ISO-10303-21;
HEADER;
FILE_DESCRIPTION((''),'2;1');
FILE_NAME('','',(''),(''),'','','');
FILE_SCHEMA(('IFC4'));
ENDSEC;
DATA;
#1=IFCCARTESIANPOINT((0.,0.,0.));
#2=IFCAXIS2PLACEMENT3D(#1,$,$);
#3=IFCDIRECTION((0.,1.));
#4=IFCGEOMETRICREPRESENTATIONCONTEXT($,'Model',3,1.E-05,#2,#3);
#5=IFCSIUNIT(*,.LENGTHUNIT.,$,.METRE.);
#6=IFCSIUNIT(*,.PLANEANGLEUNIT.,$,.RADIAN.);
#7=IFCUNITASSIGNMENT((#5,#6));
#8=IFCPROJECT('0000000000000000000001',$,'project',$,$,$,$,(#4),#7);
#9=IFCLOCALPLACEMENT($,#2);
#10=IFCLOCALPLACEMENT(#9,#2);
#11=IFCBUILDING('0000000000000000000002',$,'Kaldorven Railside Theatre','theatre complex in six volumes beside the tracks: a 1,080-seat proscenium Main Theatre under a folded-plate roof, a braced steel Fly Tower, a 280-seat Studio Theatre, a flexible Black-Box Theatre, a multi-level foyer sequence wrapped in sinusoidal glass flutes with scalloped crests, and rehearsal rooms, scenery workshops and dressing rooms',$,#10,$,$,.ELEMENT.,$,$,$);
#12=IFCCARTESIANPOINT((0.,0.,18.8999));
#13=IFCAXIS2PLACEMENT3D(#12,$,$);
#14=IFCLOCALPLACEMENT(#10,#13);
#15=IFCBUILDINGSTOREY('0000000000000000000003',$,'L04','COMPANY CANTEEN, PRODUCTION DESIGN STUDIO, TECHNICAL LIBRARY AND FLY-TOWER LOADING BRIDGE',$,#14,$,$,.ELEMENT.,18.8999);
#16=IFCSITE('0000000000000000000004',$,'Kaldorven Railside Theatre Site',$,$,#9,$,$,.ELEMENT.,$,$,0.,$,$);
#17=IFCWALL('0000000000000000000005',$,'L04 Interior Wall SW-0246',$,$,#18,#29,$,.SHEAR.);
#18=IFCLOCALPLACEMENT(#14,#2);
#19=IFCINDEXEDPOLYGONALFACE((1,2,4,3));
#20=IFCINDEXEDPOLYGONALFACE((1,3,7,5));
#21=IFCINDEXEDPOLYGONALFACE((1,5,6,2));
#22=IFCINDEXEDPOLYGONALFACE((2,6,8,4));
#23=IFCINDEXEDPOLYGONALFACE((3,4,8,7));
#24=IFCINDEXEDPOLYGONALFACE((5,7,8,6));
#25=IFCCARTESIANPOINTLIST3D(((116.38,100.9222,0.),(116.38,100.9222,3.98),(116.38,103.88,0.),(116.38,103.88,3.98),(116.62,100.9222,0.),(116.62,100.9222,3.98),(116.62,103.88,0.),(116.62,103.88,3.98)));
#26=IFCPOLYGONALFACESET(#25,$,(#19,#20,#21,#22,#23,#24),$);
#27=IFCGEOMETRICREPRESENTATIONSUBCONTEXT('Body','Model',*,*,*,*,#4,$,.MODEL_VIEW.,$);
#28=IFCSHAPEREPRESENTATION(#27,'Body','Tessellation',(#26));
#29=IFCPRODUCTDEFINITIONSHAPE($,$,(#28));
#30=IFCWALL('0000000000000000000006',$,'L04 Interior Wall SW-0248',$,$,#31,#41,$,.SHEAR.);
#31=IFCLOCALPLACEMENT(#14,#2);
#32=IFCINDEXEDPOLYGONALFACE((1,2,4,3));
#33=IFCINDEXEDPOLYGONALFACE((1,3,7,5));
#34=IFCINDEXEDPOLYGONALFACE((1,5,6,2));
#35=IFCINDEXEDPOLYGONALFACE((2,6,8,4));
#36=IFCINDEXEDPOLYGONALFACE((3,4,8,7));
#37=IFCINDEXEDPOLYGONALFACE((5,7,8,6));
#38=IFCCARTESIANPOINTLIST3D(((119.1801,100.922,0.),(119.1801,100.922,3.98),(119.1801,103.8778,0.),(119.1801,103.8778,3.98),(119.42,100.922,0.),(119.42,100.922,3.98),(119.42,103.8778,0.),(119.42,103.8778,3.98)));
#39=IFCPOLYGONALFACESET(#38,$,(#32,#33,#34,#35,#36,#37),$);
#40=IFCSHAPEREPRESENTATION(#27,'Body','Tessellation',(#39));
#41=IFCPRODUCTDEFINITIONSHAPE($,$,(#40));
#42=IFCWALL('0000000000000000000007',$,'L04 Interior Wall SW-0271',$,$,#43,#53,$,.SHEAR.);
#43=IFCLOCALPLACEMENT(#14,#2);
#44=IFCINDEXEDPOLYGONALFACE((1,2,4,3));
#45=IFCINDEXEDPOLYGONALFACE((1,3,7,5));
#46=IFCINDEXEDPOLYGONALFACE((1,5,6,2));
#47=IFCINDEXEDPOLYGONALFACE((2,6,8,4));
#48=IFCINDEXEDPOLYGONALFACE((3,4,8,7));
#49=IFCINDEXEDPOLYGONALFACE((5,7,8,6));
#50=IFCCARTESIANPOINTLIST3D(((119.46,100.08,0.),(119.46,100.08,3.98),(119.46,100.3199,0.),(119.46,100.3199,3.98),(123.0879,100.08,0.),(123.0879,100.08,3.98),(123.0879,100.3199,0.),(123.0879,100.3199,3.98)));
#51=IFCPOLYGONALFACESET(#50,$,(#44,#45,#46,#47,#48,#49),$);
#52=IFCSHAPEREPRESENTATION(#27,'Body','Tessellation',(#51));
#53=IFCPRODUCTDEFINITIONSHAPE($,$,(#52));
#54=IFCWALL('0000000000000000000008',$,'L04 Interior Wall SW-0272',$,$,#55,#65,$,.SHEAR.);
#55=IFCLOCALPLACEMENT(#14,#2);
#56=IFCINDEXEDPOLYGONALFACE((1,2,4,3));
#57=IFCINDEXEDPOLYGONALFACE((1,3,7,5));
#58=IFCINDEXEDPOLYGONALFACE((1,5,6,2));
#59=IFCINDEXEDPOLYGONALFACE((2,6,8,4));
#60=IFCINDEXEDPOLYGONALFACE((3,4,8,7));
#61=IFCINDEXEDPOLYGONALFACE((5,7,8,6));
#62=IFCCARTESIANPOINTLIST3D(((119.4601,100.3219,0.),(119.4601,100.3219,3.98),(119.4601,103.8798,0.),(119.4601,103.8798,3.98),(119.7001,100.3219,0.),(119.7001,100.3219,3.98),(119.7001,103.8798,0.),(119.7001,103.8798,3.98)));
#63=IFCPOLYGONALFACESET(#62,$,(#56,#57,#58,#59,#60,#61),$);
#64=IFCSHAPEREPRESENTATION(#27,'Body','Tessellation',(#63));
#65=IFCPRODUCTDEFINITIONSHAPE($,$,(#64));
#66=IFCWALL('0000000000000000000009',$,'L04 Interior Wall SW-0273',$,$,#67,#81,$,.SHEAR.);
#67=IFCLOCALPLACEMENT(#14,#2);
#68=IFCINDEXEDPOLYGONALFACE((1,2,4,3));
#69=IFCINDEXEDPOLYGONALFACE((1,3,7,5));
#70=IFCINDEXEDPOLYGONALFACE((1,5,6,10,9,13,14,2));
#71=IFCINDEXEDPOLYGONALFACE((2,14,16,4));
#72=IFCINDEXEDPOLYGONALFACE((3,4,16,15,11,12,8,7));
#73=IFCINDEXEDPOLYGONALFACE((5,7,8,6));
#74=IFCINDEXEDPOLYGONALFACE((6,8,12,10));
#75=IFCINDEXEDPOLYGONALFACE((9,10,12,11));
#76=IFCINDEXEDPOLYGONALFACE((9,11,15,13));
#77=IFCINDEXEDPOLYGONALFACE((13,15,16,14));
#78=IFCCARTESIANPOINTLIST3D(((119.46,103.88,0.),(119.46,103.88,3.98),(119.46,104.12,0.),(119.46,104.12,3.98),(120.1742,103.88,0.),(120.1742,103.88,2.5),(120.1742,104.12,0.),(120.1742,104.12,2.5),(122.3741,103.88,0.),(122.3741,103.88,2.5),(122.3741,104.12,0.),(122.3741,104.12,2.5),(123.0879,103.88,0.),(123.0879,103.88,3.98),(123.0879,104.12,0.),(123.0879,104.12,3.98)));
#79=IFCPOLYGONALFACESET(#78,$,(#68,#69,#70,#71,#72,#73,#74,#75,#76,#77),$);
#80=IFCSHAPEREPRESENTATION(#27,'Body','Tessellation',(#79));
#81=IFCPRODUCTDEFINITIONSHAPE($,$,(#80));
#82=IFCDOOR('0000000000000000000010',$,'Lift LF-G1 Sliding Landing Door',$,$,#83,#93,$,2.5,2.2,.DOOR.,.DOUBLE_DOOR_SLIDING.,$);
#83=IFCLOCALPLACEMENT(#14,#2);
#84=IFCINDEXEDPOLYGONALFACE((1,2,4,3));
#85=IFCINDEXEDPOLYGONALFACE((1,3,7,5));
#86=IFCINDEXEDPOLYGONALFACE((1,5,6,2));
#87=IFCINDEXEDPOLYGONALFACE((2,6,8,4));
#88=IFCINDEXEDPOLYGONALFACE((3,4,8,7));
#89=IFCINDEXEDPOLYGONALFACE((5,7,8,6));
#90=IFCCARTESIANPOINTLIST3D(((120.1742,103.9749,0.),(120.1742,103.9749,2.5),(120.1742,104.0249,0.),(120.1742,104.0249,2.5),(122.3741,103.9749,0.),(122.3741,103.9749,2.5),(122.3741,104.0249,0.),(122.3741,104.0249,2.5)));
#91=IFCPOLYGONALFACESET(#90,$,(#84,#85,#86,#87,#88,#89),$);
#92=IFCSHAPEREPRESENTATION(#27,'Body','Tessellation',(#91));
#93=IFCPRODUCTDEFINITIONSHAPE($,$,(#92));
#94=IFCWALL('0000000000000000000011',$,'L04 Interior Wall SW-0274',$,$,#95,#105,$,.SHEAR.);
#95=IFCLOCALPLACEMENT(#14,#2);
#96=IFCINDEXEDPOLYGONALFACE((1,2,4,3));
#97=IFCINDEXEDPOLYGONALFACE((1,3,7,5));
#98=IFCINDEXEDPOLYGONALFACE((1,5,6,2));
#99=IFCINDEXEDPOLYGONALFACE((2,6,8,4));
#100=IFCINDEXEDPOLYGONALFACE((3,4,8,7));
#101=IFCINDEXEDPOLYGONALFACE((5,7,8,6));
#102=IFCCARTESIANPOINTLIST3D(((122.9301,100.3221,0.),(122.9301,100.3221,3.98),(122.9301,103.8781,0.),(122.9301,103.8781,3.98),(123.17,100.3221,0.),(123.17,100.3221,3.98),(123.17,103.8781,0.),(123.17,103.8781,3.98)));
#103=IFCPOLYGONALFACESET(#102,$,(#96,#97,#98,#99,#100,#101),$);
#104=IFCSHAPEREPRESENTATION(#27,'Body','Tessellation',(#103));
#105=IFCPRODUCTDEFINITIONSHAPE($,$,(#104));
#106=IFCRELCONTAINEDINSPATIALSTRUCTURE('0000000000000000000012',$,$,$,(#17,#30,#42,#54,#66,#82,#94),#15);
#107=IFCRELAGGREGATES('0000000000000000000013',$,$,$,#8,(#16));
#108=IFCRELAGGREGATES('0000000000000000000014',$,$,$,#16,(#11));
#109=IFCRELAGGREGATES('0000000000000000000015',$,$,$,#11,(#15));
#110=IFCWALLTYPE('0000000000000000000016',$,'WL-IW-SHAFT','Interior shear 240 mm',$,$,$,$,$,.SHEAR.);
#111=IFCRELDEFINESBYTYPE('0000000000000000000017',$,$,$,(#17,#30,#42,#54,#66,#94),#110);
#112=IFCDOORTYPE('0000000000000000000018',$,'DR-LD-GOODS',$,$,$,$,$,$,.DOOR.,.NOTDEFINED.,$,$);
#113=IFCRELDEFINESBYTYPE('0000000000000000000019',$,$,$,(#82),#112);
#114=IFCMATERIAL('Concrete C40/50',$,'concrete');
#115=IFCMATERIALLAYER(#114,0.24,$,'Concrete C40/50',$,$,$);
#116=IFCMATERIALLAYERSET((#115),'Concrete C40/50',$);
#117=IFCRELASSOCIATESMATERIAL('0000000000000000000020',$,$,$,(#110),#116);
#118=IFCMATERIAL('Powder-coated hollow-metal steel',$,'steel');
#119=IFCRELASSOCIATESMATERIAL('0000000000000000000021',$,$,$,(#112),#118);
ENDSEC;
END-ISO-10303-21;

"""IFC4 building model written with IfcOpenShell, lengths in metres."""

from ifc_helpers import new_model, si_unit, direction, frame, frame_2d, origin, place, context, subcontext, project, spatial, rectangle, extrude, material, layer, layer_set, type_object, element, fill, save


model = new_model("IFC4")

# Units and contexts
model_context = context("Model", 3, precision=1e-05, world=origin(), true_north=direction((0.0, 1.0)))
body_context = subcontext(model_context, "Body", "Model", "MODEL_VIEW")
ifc_project = project(units=[si_unit("LENGTHUNIT", "METRE"), si_unit("PLANEANGLEUNIT", "RADIAN")], contexts=[model_context])

# Site, building, storey
site_placement = place(None, origin())
site = spatial("IfcSite", under=ifc_project, at=site_placement, Name="Kaldorven Railside Theatre Site", CompositionType="ELEMENT", RefElevation=0.0)
building_placement = place(site_placement, origin())
building = spatial("IfcBuilding", under=site, at=building_placement, Name="Kaldorven Railside Theatre", Description="theatre complex in six volumes beside the tracks: a 1,080-seat proscenium Main Theatre under a folded-plate roof, a braced steel Fly Tower, a 280-seat Studio Theatre, a flexible Black-Box Theatre, a multi-level foyer sequence wrapped in sinusoidal glass flutes with scalloped crests, and rehearsal rooms, scenery workshops and dressing rooms", CompositionType="ELEMENT")
storey_placement = place(building_placement, frame((0.0, 0.0, 18.8999)))
storey = spatial("IfcBuildingStorey", under=building, at=storey_placement, Name="L04", Description="COMPANY CANTEEN, PRODUCTION DESIGN STUDIO, TECHNICAL LIBRARY AND FLY-TOWER LOADING BRIDGE", CompositionType="ELEMENT", Elevation=18.8999)

# Shared definitions
ifc_material_1 = material(Name="Concrete C40/50", Category="concrete")

# Shared definitions
ifc_material_2 = material(Name="Powder-coated hollow-metal steel", Category="steel")

# Wall
ifc_layer_1 = layer(ifc_material_1, 0.24, Name="Concrete C40/50")
ifc_layer_set_1 = layer_set([ifc_layer_1], Name="Concrete C40/50")
wall_type_1 = type_object("IfcWallType", Name="WL-IW-SHAFT", Description="Interior shear 240 mm", PredefinedType="SHEAR", material=ifc_layer_set_1)
wall_1_placement = place(storey_placement, frame((116.5, 100.9221, 0.0), z_axis=(0.0, 0.0, 1.0), x_axis=(0.0, 1.0, 0.0)))
element("IfcWall", 1, at=wall_1_placement, inside=storey, type_object=wall_type_1, Name="L04 Interior Wall SW-0246", PredefinedType="SHEAR", context=body_context, shape_type="SweptSolid", body=[
    extrude(rectangle(XDim=2.9578, YDim=0.24, at=frame_2d((1.479, 0.0))), origin(), (0.0, 0.0, 1.0), 3.98),
])

# Walls
wall_2_placement = place(storey_placement, frame((119.3, 103.8779, 0.0), z_axis=(0.0, 0.0, 1.0), x_axis=(0.0, -1.0, 0.0)))
element("IfcWall", 2, at=wall_2_placement, inside=storey, type_object=wall_type_1, Name="L04 Interior Wall SW-0248", PredefinedType="SHEAR", context=body_context, shape_type="SweptSolid", body=[
    extrude(rectangle(XDim=2.9558, YDim=0.24, at=frame_2d((1.478, 0.0))), origin(), (0.0, 0.0, 1.0), 3.98),
])
wall_3_placement = place(storey_placement, frame((123.0879, 100.2, 0.0), z_axis=(0.0, 0.0, 1.0), x_axis=(-1.0, 0.0, 0.0)))
element("IfcWall", 3, at=wall_3_placement, inside=storey, type_object=wall_type_1, Name="L04 Interior Wall SW-0271", PredefinedType="SHEAR", context=body_context, shape_type="SweptSolid", body=[
    extrude(rectangle(XDim=3.6279, YDim=0.24, at=frame_2d((1.814, 0.0))), origin(), (0.0, 0.0, 1.0), 3.98),
])
wall_4_placement = place(storey_placement, frame((119.5801, 100.322, 0.0), z_axis=(0.0, 0.0, 1.0), x_axis=(0.0, 1.0, 0.0)))
element("IfcWall", 4, at=wall_4_placement, inside=storey, type_object=wall_type_1, Name="L04 Interior Wall SW-0272", PredefinedType="SHEAR", context=body_context, shape_type="SweptSolid", body=[
    extrude(rectangle(XDim=3.5579, YDim=0.24, at=frame_2d((1.7788, 0.0))), origin(), (0.0, 0.0, 1.0), 3.98),
])

# Wall, opening, door
wall_5_placement = place(storey_placement, frame((119.46, 104.0, 0.0), z_axis=(0.0, 0.0, 1.0), x_axis=(1.0, 0.0, 0.0)))
wall_5 = element("IfcWall", 5, at=wall_5_placement, inside=storey, type_object=wall_type_1, Name="L04 Interior Wall SW-0273", PredefinedType="SHEAR", context=body_context, shape_type="SweptSolid", body=[
    extrude(rectangle(XDim=3.6279, YDim=0.24, at=frame_2d((1.814, 0.0))), origin(), (0.0, 0.0, 1.0), 3.98),
])
opening_1_placement = place(wall_5_placement, frame((0.7141, 0.0, 0.0)))
opening_1 = element("IfcOpeningElement", 6, at=opening_1_placement, cuts=wall_5, PredefinedType="OPENING", context=body_context, shape_type="SweptSolid", body=[
    extrude(rectangle(XDim=2.2, YDim=2.5, at=frame_2d((1.1001, 1.25))), frame((0.0, 0.1299, 0.0), z_axis=(0.0, -1.0, 0.0), x_axis=(1.0, 0.0, 0.0)), (0.0, 0.0, 1.0), 0.26),
])
door_type_1 = type_object("IfcDoorType", Name="DR-LD-GOODS", OperationType="NOTDEFINED", PredefinedType="DOOR", material=ifc_material_2)
door_1_placement = place(opening_1_placement, origin())
door_1 = element("IfcDoor", 7, at=door_1_placement, inside=storey, type_object=door_type_1, Name="Lift LF-G1 Sliding Landing Door", OperationType="DOUBLE_DOOR_SLIDING", OverallHeight=2.5, OverallWidth=2.2, PredefinedType="DOOR", context=body_context, shape_type="SweptSolid", body=[
    extrude(rectangle(XDim=2.2, YDim=2.5, at=frame_2d((1.1001, 1.25))), frame((0.0, 0.0249, 0.0), z_axis=(0.0, -1.0, 0.0), x_axis=(1.0, 0.0, 0.0)), (0.0, 0.0, 1.0), 0.05),
])
fill(opening_1, door_1)

# Wall
wall_6_placement = place(storey_placement, frame((123.05, 103.8779, 0.0), z_axis=(0.0, 0.0, 1.0), x_axis=(0.0, -1.0, 0.0)))
element("IfcWall", 8, at=wall_6_placement, inside=storey, type_object=wall_type_1, Name="L04 Interior Wall SW-0274", PredefinedType="SHEAR", context=body_context, shape_type="SweptSolid", body=[
    extrude(rectangle(XDim=3.5559, YDim=0.24, at=frame_2d((1.7778, 0.0))), origin(), (0.0, 0.0, 1.0), 3.98),
])

save(model, "model.ifc")
